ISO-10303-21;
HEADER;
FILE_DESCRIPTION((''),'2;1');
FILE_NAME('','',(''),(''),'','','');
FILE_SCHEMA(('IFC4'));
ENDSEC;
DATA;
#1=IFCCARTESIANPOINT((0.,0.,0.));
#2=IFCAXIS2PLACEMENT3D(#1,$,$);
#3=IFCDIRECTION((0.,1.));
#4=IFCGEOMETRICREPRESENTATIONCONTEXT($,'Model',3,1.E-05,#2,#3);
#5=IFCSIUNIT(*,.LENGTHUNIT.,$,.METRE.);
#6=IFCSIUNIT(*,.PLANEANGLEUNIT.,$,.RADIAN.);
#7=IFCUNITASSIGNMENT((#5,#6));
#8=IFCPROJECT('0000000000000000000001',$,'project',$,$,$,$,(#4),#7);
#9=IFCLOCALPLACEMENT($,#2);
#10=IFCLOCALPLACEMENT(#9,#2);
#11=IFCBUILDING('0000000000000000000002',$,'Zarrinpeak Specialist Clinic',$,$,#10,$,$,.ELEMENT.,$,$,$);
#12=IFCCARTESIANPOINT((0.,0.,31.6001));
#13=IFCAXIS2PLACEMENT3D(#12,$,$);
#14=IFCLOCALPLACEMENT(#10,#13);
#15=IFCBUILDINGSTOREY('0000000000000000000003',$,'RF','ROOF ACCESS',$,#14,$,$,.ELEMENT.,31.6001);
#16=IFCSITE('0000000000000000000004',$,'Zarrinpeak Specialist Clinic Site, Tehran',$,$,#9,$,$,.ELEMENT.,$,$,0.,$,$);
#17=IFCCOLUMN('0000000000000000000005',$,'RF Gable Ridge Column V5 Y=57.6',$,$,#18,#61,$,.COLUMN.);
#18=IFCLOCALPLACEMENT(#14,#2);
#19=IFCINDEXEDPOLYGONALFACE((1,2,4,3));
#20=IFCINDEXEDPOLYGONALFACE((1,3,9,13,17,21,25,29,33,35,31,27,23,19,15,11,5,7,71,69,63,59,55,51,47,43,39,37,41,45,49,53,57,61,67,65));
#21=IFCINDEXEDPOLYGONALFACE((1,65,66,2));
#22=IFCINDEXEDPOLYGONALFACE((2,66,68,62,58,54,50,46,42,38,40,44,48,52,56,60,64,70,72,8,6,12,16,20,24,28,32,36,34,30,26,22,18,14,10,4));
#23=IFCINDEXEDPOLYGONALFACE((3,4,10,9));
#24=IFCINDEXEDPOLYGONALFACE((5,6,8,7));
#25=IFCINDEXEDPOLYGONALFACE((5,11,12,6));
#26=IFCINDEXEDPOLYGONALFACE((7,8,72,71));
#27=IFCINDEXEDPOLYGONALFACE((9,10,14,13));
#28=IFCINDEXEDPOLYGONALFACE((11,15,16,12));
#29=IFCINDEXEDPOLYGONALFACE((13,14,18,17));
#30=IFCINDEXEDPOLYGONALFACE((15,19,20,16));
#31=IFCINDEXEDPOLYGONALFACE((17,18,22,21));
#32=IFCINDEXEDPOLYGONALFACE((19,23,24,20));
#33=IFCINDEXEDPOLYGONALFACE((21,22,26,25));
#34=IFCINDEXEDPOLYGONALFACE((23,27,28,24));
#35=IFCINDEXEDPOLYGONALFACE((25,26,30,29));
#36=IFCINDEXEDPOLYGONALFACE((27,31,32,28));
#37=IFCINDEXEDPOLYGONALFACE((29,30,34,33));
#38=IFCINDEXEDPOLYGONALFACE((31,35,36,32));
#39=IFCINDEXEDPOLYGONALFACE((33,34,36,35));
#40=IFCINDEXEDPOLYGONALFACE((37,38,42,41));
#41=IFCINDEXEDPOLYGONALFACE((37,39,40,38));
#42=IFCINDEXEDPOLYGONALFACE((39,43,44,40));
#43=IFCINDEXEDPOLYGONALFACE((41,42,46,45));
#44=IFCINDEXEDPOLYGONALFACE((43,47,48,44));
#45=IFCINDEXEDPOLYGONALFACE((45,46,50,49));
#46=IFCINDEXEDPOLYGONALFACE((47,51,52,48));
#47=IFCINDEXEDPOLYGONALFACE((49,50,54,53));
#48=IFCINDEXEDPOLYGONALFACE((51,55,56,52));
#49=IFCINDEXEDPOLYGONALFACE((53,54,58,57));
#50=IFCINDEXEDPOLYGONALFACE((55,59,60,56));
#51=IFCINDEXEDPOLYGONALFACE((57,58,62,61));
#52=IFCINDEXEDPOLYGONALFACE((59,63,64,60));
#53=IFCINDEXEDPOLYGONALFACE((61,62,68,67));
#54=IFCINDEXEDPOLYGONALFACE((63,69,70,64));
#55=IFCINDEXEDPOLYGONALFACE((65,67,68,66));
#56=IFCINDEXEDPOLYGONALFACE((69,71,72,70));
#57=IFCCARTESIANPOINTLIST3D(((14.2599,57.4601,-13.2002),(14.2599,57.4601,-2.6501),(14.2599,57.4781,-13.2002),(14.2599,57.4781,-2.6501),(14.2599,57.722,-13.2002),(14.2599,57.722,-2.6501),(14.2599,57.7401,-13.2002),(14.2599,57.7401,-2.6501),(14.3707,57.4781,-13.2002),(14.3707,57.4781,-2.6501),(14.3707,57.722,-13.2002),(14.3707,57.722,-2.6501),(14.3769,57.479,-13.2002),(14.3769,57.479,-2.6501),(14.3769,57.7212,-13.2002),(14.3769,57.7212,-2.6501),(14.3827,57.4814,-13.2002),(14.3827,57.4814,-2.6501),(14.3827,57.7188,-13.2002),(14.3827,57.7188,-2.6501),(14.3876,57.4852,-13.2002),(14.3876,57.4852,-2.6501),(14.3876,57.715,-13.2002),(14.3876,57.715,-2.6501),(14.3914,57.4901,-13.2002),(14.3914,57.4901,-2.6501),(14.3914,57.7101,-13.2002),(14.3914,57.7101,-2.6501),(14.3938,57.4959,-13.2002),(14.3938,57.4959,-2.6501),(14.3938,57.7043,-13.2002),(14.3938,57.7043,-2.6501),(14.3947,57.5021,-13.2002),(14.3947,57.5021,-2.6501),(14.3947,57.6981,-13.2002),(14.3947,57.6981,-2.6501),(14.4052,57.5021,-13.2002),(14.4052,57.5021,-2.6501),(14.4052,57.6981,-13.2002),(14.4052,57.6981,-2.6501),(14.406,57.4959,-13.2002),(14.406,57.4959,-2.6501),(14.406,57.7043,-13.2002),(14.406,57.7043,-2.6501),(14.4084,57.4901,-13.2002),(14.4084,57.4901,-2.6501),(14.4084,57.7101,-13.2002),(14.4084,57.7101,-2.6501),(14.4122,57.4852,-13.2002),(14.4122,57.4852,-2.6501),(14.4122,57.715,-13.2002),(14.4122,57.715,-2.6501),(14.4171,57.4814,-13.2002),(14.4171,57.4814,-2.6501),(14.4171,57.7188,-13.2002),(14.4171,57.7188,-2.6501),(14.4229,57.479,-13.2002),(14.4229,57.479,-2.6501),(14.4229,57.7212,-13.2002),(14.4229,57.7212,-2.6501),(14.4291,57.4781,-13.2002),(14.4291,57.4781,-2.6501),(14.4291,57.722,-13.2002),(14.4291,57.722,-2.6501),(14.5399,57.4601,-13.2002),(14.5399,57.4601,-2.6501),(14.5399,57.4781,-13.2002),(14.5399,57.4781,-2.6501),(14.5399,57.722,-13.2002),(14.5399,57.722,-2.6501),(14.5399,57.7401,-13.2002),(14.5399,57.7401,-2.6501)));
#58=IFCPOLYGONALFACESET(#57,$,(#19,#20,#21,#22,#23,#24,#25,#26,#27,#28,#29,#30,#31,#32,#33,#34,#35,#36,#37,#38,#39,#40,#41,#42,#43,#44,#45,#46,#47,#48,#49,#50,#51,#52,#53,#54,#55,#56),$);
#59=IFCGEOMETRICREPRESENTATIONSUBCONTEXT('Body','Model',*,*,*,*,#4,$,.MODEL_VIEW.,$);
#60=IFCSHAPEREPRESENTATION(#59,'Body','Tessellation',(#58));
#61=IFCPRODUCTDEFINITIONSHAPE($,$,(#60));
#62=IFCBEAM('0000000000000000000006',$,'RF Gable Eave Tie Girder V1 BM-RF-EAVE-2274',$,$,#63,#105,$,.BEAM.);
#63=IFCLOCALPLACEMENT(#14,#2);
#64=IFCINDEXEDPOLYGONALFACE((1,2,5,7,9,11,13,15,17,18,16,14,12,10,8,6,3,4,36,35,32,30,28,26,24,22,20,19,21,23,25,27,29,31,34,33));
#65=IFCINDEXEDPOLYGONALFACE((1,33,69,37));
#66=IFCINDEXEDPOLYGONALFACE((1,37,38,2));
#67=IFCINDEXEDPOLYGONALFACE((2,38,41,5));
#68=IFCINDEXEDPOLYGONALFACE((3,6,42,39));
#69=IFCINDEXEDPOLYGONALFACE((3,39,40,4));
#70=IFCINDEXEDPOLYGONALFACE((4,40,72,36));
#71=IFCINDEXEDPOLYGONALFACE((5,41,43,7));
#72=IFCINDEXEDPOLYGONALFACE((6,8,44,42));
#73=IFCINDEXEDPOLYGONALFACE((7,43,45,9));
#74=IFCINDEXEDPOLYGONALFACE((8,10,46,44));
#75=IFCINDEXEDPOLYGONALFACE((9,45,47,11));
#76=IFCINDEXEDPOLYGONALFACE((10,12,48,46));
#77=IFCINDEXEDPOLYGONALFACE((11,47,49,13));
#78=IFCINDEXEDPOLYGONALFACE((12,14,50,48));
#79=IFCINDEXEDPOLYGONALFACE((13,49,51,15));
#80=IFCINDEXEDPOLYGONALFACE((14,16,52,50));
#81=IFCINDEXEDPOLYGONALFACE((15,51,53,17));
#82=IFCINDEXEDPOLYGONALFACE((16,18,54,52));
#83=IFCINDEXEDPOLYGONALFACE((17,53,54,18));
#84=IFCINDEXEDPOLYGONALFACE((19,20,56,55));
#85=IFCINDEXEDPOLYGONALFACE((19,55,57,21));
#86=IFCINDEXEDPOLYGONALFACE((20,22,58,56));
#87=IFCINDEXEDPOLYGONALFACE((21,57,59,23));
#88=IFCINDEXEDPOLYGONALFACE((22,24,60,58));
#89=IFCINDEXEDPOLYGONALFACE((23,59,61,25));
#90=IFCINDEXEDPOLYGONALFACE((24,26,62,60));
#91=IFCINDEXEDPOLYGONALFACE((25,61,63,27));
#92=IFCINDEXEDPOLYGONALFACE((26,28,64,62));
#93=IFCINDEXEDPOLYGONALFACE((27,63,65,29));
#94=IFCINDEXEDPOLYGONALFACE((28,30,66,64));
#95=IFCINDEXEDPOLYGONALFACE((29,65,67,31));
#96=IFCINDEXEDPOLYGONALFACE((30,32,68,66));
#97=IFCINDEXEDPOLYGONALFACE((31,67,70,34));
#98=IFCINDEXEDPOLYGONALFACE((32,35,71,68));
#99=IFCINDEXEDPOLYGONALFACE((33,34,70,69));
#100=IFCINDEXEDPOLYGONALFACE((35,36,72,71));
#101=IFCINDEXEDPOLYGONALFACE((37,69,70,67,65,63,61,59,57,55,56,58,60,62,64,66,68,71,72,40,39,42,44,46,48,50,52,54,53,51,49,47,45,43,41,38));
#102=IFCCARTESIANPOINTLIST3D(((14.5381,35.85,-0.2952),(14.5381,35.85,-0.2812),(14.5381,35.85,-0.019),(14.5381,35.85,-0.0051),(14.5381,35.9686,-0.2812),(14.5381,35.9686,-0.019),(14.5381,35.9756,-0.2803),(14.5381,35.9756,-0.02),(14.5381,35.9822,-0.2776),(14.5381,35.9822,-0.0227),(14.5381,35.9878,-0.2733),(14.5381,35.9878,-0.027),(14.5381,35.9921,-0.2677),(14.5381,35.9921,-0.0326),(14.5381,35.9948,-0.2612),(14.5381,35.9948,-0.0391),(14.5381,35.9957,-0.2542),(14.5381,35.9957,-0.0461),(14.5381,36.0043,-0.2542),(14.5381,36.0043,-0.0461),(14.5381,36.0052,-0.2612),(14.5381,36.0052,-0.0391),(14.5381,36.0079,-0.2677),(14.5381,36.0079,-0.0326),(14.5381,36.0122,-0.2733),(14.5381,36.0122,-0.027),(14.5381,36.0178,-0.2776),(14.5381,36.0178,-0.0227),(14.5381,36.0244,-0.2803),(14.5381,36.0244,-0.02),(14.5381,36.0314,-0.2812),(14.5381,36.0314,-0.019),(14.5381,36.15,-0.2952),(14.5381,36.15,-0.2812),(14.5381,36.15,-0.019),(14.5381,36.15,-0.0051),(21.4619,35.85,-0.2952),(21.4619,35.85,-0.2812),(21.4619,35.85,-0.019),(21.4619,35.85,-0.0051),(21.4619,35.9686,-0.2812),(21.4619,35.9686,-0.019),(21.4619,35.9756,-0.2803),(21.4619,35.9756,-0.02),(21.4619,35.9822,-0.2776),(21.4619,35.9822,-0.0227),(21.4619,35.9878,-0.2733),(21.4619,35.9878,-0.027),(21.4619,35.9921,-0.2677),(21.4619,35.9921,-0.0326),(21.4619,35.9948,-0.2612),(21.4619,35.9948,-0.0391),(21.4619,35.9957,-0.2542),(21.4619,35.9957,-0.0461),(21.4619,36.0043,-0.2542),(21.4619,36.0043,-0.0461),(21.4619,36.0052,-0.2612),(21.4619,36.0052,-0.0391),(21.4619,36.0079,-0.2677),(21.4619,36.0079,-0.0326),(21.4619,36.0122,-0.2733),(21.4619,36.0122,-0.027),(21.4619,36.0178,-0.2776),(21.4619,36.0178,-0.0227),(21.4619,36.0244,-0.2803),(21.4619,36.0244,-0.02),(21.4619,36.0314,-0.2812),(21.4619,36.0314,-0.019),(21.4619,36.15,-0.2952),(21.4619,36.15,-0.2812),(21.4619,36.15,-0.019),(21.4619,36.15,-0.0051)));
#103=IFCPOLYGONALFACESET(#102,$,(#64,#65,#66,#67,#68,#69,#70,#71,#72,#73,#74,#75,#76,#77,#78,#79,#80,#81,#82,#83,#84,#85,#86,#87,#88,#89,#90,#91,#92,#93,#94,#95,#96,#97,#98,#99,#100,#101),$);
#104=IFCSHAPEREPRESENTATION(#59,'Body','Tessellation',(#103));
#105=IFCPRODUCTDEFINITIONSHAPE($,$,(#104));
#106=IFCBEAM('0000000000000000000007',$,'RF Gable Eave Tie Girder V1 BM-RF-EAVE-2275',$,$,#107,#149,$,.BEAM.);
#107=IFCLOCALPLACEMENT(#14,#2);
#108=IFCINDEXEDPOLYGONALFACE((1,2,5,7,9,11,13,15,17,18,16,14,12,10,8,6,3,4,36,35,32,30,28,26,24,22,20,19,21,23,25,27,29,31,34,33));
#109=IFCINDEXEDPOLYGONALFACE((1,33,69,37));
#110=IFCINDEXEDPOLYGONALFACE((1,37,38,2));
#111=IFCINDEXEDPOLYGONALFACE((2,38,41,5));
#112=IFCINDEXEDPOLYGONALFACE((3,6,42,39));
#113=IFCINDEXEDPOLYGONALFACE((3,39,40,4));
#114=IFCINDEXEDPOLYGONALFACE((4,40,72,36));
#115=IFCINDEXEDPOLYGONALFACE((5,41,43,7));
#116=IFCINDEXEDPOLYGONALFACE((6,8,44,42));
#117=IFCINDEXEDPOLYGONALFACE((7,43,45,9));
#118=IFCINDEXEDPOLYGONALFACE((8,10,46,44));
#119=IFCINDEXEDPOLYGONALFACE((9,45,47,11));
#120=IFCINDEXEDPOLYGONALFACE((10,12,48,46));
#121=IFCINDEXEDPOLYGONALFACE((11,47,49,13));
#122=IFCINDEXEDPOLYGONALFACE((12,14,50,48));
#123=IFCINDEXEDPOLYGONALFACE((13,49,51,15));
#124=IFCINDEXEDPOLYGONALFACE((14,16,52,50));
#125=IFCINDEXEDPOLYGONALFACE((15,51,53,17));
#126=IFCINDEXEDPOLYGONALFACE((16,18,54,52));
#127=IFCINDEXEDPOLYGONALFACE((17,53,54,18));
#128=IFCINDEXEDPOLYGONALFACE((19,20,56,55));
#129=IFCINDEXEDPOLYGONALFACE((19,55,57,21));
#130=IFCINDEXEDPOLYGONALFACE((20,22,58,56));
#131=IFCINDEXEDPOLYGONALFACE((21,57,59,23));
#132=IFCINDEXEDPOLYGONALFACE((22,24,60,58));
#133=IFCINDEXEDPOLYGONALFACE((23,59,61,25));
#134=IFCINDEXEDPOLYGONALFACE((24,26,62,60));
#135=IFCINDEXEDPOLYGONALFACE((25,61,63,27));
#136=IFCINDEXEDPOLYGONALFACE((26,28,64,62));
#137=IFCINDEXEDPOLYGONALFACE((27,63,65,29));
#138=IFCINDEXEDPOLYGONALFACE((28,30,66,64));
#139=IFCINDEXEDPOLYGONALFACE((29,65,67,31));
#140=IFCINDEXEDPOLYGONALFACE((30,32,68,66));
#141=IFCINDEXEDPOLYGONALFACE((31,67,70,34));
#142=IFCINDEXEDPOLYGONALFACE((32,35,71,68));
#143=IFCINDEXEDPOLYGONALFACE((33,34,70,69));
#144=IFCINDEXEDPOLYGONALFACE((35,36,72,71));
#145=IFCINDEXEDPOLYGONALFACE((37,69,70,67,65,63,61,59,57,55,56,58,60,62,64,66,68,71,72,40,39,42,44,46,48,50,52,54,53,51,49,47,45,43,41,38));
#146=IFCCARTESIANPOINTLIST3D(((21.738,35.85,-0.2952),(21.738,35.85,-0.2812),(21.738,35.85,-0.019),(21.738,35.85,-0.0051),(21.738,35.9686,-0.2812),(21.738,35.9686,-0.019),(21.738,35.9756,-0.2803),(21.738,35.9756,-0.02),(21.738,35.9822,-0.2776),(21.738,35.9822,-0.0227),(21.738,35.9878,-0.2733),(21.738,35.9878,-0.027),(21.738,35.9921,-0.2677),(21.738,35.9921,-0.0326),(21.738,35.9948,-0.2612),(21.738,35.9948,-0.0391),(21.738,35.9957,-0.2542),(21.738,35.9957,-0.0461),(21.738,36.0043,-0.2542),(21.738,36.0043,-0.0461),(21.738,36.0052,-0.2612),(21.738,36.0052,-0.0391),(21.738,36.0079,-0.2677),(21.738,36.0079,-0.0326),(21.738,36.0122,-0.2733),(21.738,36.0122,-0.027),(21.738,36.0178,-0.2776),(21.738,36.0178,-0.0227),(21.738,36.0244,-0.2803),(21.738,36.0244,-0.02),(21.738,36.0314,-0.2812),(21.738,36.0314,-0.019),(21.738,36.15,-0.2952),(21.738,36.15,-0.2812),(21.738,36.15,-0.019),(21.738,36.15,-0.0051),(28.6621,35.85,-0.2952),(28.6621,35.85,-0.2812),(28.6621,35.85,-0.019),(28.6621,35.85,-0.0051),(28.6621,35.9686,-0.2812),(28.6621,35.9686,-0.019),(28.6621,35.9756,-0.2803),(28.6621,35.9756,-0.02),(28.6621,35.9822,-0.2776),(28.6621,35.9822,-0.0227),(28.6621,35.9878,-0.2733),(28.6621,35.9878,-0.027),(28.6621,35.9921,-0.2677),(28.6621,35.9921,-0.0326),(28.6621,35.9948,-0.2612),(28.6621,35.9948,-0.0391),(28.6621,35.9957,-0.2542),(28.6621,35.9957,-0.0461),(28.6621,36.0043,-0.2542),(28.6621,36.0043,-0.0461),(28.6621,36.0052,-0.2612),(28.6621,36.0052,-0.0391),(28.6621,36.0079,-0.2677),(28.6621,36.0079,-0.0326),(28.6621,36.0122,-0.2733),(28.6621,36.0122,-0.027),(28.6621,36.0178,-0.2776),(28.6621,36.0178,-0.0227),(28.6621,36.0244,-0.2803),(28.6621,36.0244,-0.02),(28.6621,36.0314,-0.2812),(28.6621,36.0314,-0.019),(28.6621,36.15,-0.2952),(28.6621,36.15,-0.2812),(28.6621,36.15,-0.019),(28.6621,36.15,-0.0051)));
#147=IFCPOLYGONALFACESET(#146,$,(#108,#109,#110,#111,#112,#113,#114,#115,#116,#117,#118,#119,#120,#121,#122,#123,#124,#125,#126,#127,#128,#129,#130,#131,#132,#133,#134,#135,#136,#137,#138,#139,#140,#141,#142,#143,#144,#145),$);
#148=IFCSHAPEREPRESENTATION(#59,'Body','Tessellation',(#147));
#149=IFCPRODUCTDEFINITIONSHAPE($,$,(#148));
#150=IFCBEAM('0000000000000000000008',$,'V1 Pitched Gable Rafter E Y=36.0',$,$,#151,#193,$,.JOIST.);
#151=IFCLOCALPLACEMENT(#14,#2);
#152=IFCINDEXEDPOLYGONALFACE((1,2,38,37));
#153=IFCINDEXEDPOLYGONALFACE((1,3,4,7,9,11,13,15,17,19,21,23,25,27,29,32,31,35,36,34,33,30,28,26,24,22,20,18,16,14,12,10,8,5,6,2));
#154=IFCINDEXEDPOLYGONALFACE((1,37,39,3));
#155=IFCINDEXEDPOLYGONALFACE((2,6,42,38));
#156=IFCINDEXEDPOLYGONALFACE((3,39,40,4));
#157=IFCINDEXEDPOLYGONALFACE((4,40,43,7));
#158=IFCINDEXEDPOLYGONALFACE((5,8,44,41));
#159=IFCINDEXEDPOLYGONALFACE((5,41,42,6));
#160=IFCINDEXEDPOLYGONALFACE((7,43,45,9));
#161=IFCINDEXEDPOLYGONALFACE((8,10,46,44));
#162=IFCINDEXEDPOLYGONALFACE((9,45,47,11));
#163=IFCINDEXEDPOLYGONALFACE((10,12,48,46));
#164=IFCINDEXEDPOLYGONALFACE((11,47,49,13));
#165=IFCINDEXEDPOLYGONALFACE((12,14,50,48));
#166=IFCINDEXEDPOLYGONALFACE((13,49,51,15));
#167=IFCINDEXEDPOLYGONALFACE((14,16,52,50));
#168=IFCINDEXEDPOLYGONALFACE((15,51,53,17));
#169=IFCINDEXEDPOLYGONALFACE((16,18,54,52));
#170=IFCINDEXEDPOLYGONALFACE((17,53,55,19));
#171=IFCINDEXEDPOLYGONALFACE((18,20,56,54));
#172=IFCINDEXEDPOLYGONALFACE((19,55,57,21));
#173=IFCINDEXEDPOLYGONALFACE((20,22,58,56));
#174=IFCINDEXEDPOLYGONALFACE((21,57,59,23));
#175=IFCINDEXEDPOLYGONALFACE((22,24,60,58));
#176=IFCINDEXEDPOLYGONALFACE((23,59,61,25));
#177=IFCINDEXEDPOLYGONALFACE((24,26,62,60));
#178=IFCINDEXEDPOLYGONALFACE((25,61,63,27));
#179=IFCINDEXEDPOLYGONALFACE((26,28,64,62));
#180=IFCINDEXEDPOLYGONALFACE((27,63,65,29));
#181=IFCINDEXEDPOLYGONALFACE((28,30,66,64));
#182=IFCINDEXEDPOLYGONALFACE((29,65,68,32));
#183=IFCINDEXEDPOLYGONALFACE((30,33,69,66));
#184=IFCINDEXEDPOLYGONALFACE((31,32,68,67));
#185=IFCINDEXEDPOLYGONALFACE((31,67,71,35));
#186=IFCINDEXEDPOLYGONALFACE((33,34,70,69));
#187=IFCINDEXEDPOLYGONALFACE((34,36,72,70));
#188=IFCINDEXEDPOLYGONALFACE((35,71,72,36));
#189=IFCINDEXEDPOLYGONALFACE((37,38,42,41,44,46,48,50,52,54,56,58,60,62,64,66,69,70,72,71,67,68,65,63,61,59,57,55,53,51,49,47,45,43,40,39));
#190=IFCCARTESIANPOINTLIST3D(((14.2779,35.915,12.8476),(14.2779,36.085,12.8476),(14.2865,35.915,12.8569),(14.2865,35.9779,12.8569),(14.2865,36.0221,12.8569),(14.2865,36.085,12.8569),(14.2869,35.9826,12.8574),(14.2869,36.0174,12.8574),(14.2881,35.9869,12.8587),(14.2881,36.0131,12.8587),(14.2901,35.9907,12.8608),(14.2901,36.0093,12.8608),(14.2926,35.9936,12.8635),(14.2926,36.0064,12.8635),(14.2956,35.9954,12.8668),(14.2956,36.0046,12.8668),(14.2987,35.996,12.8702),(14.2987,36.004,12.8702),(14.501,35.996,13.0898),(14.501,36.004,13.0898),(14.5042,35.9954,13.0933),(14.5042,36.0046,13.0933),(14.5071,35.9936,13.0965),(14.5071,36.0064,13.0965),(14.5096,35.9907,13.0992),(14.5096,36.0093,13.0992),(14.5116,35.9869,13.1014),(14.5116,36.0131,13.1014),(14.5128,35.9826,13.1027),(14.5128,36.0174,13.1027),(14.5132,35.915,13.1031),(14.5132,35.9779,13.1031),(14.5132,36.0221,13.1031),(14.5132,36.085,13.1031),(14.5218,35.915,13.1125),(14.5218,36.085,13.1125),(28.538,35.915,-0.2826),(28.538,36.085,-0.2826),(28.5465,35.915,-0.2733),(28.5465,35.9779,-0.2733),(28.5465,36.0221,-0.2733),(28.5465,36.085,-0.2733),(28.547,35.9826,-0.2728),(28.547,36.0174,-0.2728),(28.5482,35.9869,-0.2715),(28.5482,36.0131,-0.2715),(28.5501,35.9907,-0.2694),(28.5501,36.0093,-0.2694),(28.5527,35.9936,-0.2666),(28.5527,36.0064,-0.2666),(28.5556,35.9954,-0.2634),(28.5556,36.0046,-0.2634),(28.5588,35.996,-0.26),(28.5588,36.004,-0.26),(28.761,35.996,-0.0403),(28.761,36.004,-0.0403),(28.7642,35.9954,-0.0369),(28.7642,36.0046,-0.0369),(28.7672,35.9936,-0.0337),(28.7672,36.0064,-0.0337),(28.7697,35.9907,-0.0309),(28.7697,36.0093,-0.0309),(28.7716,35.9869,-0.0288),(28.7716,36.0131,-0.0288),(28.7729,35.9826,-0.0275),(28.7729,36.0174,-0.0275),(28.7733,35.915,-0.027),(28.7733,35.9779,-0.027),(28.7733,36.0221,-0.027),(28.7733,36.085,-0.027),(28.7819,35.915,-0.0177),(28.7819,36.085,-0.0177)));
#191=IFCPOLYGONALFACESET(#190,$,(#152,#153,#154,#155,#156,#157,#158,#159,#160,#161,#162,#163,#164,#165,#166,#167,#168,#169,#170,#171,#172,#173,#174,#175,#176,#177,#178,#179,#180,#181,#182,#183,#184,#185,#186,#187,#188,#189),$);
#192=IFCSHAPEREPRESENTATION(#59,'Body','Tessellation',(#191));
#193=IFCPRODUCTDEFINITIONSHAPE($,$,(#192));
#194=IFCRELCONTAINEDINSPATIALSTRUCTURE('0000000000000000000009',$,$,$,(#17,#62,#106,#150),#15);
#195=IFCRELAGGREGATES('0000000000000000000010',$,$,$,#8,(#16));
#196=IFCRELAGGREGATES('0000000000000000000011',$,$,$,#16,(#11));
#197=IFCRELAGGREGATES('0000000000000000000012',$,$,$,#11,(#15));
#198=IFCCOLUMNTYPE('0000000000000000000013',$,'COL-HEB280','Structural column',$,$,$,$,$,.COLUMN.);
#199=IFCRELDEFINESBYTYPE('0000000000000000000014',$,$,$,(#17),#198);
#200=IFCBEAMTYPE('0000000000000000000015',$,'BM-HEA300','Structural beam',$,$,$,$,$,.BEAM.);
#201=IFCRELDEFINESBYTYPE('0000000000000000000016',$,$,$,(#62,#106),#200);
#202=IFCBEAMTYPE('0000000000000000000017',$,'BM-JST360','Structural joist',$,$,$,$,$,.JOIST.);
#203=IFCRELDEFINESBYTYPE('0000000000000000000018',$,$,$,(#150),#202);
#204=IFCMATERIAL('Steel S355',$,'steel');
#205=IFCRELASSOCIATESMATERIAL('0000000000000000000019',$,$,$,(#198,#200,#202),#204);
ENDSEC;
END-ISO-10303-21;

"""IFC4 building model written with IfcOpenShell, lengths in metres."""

from ifc_helpers import new_model, si_unit, direction, frame, origin, origin_2d, place, context, subcontext, project, spatial, i_section, extrude, material, material_profile, profile_set, type_object, element, save


model = new_model("IFC4")

# Units and contexts
model_context = context("Model", 3, precision=1e-05, world=origin(), true_north=direction((0.0, 1.0)))
body_context = subcontext(model_context, "Body", "Model", "MODEL_VIEW")
ifc_project = project(units=[si_unit("LENGTHUNIT", "METRE"), si_unit("PLANEANGLEUNIT", "RADIAN")], contexts=[model_context])

# Site, building, storey
site_placement = place(None, origin())
site = spatial("IfcSite", under=ifc_project, at=site_placement, Name="Zarrinpeak Specialist Clinic Site, Tehran", CompositionType="ELEMENT", RefElevation=0.0)
building_placement = place(site_placement, origin())
building = spatial("IfcBuilding", under=site, at=building_placement, Name="Zarrinpeak Specialist Clinic", CompositionType="ELEMENT")
storey_placement = place(building_placement, frame((0.0, 0.0, 31.6001)))
storey = spatial("IfcBuildingStorey", under=building, at=storey_placement, Name="RF", Description="ROOF ACCESS", CompositionType="ELEMENT", Elevation=31.6001)

# Column
ifc_material_1 = material(Name="Steel S355", Category="steel")
ifc_material_profile_1 = material_profile(ifc_material_1, i_section(OverallWidth=0.28, OverallDepth=0.28, WebThickness=0.0105, FlangeThickness=0.0181, FilletRadius=0.0239, at=origin_2d()), Name="HEB 280")
ifc_profile_set_1 = profile_set([ifc_material_profile_1], Name="Steel S355")
column_type = type_object("IfcColumnType", Name="COL-HEB280", Description="Structural column", PredefinedType="COLUMN", material=ifc_profile_set_1)
column_placement = place(storey_placement, frame((14.3999, 57.6001, -13.2002), z_axis=(0.0, 0.0, 1.0), x_axis=(1.0, 0.0, 0.0)))
element("IfcColumn", 1, at=column_placement, inside=storey, type_object=column_type, Name="RF Gable Ridge Column V5 Y=57.6", PredefinedType="COLUMN", context=body_context, shape_type="SweptSolid", body=[
    extrude(i_section(OverallWidth=0.28, OverallDepth=0.28, WebThickness=0.0105, FlangeThickness=0.0181, FilletRadius=0.0239, at=origin_2d()), origin(), (0.0, 0.0, 1.0), 10.55),
])

# Beams
ifc_material_profile_2 = material_profile(ifc_material_1, i_section(OverallWidth=0.3, OverallDepth=0.29, WebThickness=0.0085, FlangeThickness=0.0139, FilletRadius=0.0271, at=origin_2d()), Name="HEA 300")
ifc_profile_set_2 = profile_set([ifc_material_profile_2], Name="Steel S355")
beam_type_1 = type_object("IfcBeamType", Name="BM-HEA300", Description="Structural beam", PredefinedType="BEAM", material=ifc_profile_set_2)
beam_1_placement = place(storey_placement, frame((14.5381, 36.0, -0.1501), z_axis=(1.0, 0.0, 0.0), x_axis=(0.0, 1.0, 0.0)))
element("IfcBeam", 2, at=beam_1_placement, inside=storey, type_object=beam_type_1, Name="RF Gable Eave Tie Girder V1 BM-RF-EAVE-2274", PredefinedType="BEAM", context=body_context, shape_type="SweptSolid", body=[
    extrude(i_section(OverallWidth=0.3, OverallDepth=0.29, WebThickness=0.0085, FlangeThickness=0.0139, FilletRadius=0.0271, at=origin_2d()), origin(), (0.0, 0.0, 1.0), 6.9238),
])
beam_2_placement = place(storey_placement, frame((21.738, 36.0, -0.1501), z_axis=(1.0, 0.0, 0.0), x_axis=(0.0, 1.0, 0.0)))
element("IfcBeam", 3, at=beam_2_placement, inside=storey, type_object=beam_type_1, Name="RF Gable Eave Tie Girder V1 BM-RF-EAVE-2275", PredefinedType="BEAM", context=body_context, shape_type="SweptSolid", body=[
    extrude(i_section(OverallWidth=0.3, OverallDepth=0.29, WebThickness=0.0085, FlangeThickness=0.0139, FilletRadius=0.0271, at=origin_2d()), origin(), (0.0, 0.0, 1.0), 6.9241),
])
ifc_material_profile_3 = material_profile(ifc_material_1, i_section(OverallWidth=0.1699, OverallDepth=0.3601, WebThickness=0.0081, FlangeThickness=0.0127, FilletRadius=0.0181, at=origin_2d()), Name="IPE 360")
ifc_profile_set_3 = profile_set([ifc_material_profile_3], Name="Steel S355")
beam_type_2 = type_object("IfcBeamType", Name="BM-JST360", Description="Structural joist", PredefinedType="JOIST", material=ifc_profile_set_3)
beam_3_placement = place(storey_placement, frame((28.6599, 36.0, -0.1501), z_axis=(-0.73565, 0.0, 0.677362), x_axis=(0.0, -1.0, 0.0)))
element("IfcBeam", 4, at=beam_3_placement, inside=storey, type_object=beam_type_2, Name="V1 Pitched Gable Rafter E Y=36.0", PredefinedType="JOIST", context=body_context, shape_type="SweptSolid", body=[
    extrude(i_section(OverallWidth=0.1699, OverallDepth=0.3601, WebThickness=0.0081, FlangeThickness=0.0127, FilletRadius=0.0181, at=origin_2d()), origin(), (0.0, 0.0, 1.0), 19.3843),
])

save(model, "model.ifc")
